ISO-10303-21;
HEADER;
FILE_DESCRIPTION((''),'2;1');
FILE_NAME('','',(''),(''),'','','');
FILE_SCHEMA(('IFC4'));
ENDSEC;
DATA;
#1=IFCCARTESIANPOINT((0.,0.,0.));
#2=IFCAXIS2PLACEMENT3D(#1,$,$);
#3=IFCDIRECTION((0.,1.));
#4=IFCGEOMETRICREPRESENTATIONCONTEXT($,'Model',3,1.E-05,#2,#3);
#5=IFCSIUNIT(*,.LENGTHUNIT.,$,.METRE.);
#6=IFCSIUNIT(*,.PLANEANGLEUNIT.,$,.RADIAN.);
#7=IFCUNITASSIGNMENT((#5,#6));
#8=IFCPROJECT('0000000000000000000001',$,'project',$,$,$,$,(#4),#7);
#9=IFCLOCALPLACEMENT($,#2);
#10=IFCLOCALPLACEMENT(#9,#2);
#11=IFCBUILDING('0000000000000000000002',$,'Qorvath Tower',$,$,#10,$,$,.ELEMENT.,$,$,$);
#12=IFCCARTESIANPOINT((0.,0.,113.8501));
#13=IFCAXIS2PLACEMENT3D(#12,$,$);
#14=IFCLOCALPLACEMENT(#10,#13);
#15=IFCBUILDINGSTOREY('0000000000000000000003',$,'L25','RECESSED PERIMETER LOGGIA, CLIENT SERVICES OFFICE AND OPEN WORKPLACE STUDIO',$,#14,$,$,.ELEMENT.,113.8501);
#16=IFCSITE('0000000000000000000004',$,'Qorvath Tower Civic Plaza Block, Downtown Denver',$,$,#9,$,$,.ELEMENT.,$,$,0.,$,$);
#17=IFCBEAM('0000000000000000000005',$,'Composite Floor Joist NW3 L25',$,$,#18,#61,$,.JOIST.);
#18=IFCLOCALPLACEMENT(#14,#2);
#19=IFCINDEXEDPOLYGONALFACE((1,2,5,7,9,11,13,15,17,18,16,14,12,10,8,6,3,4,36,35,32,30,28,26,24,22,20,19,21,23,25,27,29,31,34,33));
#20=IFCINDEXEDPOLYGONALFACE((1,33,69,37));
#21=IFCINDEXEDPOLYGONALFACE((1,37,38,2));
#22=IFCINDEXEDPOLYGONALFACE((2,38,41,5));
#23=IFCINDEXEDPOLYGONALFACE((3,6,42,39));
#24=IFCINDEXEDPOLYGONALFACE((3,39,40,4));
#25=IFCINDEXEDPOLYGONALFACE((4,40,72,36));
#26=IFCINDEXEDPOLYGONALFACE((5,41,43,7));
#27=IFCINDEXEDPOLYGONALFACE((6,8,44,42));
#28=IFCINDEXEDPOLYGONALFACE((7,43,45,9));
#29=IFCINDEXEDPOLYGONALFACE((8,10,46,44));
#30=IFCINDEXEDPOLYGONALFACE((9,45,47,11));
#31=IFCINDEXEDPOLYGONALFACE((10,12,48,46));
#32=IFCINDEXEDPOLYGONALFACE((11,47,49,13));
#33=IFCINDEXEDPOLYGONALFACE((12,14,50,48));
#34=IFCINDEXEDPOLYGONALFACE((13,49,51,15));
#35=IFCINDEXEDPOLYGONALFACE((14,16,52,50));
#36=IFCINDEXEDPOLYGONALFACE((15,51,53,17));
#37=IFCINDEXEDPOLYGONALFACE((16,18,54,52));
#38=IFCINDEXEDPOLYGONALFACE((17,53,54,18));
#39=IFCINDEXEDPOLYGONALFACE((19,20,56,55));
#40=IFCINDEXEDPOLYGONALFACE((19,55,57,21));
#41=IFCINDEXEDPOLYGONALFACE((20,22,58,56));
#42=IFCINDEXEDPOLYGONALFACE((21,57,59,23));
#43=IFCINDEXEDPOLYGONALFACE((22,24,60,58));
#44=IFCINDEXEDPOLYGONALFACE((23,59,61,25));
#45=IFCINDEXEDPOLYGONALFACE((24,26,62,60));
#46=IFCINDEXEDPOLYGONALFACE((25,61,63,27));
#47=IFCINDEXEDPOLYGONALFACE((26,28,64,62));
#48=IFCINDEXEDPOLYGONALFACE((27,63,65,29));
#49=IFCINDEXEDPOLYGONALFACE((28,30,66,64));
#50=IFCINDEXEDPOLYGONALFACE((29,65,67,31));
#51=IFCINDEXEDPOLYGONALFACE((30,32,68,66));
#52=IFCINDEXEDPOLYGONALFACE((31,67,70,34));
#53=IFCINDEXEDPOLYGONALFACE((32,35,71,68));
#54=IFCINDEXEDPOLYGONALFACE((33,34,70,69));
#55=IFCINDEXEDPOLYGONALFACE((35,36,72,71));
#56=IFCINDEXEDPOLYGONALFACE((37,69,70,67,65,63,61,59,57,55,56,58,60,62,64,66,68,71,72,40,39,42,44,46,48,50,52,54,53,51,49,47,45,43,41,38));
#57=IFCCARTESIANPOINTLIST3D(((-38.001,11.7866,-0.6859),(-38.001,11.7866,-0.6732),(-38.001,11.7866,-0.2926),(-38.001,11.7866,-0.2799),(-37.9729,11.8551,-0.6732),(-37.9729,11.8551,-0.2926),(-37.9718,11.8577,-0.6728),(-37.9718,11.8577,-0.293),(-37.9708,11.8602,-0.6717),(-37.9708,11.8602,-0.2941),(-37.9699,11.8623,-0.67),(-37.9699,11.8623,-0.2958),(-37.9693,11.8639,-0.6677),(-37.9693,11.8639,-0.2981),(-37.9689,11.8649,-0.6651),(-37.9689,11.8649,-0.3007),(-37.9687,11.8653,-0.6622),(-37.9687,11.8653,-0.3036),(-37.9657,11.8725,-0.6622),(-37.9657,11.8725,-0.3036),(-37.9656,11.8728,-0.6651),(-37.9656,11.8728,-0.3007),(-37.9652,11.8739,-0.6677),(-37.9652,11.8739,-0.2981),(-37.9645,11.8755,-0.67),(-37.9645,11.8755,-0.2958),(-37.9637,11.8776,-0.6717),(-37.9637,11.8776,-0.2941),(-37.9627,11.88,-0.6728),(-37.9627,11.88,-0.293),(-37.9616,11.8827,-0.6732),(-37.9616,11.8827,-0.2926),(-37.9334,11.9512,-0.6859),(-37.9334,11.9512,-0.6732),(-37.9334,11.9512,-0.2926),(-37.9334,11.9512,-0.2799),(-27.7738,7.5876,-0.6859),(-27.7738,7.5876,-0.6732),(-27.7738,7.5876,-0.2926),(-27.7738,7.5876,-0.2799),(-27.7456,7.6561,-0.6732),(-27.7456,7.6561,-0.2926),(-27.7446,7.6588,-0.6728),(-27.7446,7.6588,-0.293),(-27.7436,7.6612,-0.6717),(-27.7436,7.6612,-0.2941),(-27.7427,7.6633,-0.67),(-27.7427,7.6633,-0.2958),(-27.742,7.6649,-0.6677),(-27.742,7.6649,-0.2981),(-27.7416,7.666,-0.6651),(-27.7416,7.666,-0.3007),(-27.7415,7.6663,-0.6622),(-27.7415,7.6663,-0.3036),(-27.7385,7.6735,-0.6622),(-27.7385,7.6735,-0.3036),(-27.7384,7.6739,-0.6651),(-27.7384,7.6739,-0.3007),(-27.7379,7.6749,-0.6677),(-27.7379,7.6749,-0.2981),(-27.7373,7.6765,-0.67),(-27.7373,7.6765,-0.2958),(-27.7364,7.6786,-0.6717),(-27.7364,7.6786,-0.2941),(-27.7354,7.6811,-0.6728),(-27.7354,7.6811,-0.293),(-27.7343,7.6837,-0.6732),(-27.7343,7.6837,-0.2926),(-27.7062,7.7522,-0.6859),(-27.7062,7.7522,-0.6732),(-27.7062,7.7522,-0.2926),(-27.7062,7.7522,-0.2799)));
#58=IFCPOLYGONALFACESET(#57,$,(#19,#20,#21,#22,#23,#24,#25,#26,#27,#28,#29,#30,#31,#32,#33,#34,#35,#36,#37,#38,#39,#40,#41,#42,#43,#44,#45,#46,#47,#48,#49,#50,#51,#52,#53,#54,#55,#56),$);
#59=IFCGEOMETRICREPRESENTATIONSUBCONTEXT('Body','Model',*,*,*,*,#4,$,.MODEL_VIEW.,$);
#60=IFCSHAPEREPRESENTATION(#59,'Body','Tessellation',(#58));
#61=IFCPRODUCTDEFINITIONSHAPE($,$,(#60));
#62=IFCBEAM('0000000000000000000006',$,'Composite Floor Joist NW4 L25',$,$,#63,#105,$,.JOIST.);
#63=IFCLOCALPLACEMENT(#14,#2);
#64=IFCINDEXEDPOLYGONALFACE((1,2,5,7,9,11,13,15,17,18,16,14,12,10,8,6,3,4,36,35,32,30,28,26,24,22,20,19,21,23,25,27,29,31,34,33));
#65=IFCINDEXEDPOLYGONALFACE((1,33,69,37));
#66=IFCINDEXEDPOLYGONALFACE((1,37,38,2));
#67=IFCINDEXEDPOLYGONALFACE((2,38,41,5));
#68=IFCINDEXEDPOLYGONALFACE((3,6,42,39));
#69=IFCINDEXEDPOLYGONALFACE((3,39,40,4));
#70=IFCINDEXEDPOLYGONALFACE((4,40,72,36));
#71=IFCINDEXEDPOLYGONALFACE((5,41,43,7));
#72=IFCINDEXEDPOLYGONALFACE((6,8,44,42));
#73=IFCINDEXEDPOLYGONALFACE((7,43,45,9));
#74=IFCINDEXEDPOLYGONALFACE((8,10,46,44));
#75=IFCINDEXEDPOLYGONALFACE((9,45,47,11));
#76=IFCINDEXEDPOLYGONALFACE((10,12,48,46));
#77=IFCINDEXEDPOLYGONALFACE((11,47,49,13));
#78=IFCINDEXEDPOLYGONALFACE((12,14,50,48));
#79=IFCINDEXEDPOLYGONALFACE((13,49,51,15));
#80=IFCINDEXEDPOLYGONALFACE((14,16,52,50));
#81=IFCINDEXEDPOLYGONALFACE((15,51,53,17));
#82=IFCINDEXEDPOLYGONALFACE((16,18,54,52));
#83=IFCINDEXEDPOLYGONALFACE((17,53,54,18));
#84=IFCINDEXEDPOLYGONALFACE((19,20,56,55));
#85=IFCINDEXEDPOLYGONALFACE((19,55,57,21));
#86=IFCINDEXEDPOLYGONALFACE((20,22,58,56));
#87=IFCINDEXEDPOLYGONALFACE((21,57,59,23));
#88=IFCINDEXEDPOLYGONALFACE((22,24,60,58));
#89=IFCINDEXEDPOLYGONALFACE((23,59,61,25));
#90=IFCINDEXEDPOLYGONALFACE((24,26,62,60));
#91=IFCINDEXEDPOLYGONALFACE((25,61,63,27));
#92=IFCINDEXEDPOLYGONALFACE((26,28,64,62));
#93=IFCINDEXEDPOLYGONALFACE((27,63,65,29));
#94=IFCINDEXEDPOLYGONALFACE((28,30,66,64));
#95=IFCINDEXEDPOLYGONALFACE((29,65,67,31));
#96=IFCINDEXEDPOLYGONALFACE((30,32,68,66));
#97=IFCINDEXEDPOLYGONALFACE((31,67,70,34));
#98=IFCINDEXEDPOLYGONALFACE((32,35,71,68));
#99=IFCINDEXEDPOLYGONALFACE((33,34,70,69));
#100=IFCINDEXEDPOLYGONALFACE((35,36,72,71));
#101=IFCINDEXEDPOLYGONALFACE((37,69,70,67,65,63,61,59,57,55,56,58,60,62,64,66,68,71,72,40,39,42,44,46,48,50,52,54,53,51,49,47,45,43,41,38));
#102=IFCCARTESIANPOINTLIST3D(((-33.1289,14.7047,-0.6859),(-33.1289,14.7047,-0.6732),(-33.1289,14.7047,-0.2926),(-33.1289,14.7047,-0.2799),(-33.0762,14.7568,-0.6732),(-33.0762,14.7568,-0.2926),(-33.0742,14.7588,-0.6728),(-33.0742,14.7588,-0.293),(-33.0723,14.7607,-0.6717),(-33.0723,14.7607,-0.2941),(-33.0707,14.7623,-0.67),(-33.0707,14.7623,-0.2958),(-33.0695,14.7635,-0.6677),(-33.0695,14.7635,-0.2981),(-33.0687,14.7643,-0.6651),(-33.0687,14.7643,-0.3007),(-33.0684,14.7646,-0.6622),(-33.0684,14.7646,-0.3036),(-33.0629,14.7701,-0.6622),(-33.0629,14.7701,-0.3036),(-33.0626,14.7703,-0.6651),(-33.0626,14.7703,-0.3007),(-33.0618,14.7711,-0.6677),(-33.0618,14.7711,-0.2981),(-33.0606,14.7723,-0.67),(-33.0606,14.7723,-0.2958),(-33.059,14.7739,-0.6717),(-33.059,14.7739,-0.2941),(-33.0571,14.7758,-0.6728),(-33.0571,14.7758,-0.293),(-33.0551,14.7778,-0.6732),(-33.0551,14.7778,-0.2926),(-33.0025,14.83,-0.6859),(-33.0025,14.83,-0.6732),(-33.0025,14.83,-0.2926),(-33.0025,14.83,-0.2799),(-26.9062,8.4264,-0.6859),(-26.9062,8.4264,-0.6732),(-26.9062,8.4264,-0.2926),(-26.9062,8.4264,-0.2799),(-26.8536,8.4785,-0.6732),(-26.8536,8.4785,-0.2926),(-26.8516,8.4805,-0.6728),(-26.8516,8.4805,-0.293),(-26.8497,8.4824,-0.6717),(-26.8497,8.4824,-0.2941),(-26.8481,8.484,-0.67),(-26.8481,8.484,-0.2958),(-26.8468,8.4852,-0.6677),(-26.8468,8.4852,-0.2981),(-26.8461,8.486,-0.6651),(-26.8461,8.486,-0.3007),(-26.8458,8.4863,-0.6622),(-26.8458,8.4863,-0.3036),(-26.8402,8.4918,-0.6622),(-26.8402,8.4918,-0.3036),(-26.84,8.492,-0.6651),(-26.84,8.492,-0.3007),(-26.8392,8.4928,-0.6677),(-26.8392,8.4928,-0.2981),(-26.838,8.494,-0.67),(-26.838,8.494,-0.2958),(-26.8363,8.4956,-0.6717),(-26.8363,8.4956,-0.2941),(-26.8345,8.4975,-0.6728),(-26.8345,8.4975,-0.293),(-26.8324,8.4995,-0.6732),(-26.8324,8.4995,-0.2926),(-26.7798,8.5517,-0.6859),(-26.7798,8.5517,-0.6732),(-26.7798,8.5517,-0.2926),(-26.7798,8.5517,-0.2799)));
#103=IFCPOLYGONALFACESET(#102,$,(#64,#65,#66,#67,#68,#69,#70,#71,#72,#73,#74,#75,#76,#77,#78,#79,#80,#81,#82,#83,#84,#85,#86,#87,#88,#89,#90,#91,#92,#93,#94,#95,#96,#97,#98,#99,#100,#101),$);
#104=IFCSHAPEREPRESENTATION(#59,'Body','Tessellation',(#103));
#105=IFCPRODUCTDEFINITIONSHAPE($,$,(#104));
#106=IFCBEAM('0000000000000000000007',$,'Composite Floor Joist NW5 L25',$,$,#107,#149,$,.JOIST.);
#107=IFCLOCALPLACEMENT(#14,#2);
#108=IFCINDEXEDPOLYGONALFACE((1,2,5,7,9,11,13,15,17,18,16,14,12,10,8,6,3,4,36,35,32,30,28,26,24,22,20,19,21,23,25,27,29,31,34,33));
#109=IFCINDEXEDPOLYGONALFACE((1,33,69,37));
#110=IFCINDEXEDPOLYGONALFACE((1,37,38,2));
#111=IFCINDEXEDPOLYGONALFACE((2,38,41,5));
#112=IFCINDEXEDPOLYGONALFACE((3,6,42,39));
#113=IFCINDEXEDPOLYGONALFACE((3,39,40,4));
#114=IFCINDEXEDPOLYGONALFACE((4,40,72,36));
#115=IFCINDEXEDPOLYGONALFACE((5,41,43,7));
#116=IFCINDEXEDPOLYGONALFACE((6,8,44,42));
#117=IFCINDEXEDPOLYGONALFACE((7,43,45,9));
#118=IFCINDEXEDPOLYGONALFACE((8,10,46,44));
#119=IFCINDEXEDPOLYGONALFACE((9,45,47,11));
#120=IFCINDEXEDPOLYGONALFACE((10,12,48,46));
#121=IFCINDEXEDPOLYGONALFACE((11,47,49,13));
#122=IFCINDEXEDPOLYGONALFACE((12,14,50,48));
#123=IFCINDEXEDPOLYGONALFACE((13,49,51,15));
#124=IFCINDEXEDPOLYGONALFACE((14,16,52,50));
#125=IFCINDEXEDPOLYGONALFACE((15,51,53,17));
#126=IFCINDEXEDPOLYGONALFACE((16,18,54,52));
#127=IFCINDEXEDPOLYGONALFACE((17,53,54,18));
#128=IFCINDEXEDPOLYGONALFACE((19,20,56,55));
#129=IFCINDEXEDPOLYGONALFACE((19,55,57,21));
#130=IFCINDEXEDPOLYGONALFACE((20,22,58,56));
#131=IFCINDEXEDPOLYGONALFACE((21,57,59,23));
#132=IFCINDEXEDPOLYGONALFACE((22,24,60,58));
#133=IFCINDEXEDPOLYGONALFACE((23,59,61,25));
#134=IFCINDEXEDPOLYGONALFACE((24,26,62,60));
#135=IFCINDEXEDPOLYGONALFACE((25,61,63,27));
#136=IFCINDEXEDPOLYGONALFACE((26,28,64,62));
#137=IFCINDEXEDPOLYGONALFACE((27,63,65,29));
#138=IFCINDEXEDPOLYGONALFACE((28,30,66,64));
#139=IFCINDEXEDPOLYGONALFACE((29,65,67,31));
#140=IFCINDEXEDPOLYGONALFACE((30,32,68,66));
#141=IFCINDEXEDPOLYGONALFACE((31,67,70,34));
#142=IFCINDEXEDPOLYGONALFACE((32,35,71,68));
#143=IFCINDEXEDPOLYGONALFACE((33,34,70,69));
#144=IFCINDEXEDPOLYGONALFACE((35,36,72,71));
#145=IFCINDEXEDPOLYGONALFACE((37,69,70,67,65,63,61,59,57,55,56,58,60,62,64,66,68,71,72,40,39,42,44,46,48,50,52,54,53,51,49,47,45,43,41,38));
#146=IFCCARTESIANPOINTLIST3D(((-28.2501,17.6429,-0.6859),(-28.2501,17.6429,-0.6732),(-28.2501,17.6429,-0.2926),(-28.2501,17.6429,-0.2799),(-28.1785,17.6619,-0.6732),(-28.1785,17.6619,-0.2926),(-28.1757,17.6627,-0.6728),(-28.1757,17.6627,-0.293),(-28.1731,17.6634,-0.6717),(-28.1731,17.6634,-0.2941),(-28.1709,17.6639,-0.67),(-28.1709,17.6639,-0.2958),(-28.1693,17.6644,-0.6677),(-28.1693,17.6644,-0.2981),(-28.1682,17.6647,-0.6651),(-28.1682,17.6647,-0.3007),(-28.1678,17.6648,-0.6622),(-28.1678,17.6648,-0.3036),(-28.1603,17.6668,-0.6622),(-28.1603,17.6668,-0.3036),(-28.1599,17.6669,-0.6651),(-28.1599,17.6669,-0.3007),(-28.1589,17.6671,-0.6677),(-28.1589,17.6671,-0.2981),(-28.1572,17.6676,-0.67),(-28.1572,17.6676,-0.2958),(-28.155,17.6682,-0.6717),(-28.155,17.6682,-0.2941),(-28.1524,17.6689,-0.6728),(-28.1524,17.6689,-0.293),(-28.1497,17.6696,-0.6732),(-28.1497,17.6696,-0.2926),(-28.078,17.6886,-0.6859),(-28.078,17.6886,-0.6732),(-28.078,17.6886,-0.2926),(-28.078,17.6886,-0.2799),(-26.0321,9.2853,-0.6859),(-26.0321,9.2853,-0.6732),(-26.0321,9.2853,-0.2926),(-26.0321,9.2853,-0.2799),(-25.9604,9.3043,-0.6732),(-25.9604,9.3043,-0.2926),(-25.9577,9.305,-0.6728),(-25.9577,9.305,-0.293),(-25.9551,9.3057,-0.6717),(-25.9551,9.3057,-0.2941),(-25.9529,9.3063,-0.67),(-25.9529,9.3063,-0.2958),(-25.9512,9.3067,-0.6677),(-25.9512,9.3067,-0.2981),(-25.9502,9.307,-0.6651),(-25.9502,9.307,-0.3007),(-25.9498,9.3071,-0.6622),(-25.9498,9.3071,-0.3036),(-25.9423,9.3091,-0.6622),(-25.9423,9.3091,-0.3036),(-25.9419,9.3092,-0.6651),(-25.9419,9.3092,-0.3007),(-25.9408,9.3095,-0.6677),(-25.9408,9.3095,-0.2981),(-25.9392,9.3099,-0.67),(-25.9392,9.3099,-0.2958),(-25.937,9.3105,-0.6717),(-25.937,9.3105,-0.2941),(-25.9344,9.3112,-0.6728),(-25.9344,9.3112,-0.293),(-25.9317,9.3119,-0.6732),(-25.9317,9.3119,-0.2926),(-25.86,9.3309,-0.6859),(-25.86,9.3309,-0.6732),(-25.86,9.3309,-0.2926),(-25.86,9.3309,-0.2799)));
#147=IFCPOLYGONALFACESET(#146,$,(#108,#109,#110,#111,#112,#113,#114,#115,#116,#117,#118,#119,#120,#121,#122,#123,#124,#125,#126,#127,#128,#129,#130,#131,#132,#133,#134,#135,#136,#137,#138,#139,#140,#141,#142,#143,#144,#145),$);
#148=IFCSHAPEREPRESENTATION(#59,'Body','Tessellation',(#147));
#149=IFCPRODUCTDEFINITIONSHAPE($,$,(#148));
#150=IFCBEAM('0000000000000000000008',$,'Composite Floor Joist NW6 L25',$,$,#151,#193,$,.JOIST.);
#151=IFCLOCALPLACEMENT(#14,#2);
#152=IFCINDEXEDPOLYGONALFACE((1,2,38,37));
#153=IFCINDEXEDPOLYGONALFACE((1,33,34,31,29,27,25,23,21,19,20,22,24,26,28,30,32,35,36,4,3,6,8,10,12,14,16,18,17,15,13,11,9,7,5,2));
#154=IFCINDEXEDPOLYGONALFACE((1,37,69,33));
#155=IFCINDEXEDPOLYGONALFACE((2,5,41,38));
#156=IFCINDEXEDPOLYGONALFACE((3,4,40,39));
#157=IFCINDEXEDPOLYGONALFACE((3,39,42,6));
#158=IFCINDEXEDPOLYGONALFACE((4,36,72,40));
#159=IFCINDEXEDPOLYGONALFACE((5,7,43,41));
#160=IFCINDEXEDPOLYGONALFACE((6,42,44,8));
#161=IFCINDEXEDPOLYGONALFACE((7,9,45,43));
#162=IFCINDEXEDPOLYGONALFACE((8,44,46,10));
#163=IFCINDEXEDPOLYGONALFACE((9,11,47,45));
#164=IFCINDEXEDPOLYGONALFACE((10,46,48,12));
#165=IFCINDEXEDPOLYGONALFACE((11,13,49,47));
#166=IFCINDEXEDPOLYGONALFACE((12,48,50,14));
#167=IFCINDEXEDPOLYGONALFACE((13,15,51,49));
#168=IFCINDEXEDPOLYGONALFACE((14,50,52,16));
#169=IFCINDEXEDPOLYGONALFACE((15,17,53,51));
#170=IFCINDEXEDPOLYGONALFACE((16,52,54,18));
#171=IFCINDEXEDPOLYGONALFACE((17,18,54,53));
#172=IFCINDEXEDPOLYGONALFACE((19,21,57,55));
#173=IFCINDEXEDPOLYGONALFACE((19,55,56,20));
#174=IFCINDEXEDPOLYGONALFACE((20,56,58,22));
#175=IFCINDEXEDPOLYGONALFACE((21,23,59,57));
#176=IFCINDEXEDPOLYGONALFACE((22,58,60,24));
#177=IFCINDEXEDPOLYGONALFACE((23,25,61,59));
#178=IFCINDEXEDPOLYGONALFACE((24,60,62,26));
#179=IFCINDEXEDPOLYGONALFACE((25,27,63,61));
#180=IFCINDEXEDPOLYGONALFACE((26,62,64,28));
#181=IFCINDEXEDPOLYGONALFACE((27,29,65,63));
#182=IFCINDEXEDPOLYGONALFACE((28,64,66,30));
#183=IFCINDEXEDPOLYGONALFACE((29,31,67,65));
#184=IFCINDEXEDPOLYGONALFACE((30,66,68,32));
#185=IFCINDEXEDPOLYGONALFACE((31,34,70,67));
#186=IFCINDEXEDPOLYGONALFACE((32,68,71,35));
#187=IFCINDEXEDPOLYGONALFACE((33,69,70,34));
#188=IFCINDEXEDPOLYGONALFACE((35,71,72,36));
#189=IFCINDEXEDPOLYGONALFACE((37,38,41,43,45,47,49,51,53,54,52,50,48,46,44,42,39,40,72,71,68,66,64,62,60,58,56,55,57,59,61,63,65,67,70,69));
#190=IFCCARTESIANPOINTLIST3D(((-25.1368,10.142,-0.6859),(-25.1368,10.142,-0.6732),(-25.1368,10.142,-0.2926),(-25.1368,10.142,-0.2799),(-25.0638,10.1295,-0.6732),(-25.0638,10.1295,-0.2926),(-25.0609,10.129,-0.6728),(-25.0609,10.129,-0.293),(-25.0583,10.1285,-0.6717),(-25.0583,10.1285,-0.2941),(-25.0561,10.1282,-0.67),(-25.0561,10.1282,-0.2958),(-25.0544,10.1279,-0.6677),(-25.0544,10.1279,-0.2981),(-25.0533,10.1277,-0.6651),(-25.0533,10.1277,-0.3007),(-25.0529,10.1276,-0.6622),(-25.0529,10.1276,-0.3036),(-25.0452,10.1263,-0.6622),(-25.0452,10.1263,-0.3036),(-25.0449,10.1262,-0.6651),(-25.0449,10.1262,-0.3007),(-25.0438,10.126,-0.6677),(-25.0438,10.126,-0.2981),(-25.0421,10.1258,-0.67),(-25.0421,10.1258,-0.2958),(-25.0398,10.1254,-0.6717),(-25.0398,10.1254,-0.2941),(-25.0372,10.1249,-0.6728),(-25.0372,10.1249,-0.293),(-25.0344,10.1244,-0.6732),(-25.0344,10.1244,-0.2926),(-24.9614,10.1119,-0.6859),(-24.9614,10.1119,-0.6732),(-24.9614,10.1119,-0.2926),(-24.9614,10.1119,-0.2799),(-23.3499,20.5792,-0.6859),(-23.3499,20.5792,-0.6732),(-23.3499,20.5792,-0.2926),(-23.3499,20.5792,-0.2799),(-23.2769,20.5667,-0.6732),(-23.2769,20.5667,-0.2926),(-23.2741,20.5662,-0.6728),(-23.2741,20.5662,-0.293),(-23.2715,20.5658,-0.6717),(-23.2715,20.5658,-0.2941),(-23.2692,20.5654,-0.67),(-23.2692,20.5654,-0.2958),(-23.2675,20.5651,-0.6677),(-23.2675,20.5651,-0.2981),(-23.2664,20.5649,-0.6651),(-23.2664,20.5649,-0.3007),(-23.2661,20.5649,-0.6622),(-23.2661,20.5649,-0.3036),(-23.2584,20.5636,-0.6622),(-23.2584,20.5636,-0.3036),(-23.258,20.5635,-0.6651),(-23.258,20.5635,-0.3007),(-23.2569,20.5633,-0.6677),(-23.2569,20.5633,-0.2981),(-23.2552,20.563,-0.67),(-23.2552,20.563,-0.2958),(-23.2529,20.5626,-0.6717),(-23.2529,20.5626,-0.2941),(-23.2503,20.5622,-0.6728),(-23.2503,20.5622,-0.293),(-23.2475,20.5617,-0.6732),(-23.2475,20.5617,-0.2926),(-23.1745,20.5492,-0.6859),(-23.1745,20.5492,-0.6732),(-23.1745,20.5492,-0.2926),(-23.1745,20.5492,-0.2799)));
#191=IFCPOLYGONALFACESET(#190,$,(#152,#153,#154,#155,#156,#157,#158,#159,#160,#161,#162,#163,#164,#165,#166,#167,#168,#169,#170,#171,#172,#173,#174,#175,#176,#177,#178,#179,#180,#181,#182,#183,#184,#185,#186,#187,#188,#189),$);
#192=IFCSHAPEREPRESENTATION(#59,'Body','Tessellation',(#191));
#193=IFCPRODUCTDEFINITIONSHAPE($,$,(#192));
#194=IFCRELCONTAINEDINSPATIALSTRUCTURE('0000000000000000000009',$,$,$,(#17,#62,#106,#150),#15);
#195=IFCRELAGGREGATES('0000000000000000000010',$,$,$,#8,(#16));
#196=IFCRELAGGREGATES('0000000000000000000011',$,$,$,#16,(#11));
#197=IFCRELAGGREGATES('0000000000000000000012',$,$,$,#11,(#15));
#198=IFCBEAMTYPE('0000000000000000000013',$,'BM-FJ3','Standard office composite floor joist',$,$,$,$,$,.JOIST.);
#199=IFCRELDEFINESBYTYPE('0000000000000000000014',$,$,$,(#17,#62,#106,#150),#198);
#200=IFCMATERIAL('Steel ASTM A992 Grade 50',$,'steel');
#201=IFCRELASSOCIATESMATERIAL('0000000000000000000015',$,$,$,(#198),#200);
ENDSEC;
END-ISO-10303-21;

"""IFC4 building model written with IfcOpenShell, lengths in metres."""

from ifc_helpers import new_model, si_unit, direction, frame, origin, origin_2d, place, context, subcontext, project, spatial, i_section, extrude, material, material_profile, profile_set, type_object, element, save


model = new_model("IFC4")

# Units and contexts
model_context = context("Model", 3, precision=1e-05, world=origin(), true_north=direction((0.0, 1.0)))
body_context = subcontext(model_context, "Body", "Model", "MODEL_VIEW")
ifc_project = project(units=[si_unit("LENGTHUNIT", "METRE"), si_unit("PLANEANGLEUNIT", "RADIAN")], contexts=[model_context])

# Site, building, storey
site_placement = place(None, origin())
site = spatial("IfcSite", under=ifc_project, at=site_placement, Name="Qorvath Tower Civic Plaza Block, Downtown Denver", CompositionType="ELEMENT", RefElevation=0.0)
building_placement = place(site_placement, origin())
building = spatial("IfcBuilding", under=site, at=building_placement, Name="Qorvath Tower", CompositionType="ELEMENT")
storey_placement = place(building_placement, frame((0.0, 0.0, 113.8501)))
storey = spatial("IfcBuildingStorey", under=building, at=storey_placement, Name="L25", Description="RECESSED PERIMETER LOGGIA, CLIENT SERVICES OFFICE AND OPEN WORKPLACE STUDIO", CompositionType="ELEMENT", Elevation=113.8501)

# Beams
ifc_material_1 = material(Name="Steel ASTM A992 Grade 50", Category="steel")
ifc_material_profile_1 = material_profile(ifc_material_1, i_section(OverallWidth=0.178, OverallDepth=0.406, WebThickness=0.0078, FlangeThickness=0.0127, FilletRadius=0.011, at=origin_2d()), Name="W16x40")
ifc_profile_set_1 = profile_set([ifc_material_profile_1], Name="Steel ASTM A992 Grade 50")
beam_type_1 = type_object("IfcBeamType", Name="BM-FJ3", Description="Standard office composite floor joist", PredefinedType="JOIST", material=ifc_profile_set_1)
beam_1_placement = place(storey_placement, frame((-27.74, 7.6699, -0.4829), z_axis=(-0.925068, 0.379801, 0.0), x_axis=(-0.379801, -0.925068, 0.0)))
element("IfcBeam", 1, at=beam_1_placement, inside=storey, type_object=beam_type_1, Name="Composite Floor Joist NW3 L25", PredefinedType="JOIST", context=body_context, shape_type="SweptSolid", body=[
    extrude(i_section(OverallWidth=0.178, OverallDepth=0.406, WebThickness=0.0078, FlangeThickness=0.0127, FilletRadius=0.011, at=origin_2d()), origin(), (0.0, 0.0, 1.0), 11.0557),
])
beam_2_placement = place(storey_placement, frame((-26.843, 8.489, -0.4829), z_axis=(-0.703951, 0.710248, 0.0), x_axis=(-0.710248, -0.703951, 0.0)))
element("IfcBeam", 2, at=beam_2_placement, inside=storey, type_object=beam_type_1, Name="Composite Floor Joist NW4 L25", PredefinedType="JOIST", context=body_context, shape_type="SweptSolid", body=[
    extrude(i_section(OverallWidth=0.178, OverallDepth=0.406, WebThickness=0.0078, FlangeThickness=0.0127, FilletRadius=0.011, at=origin_2d()), origin(), (0.0, 0.0, 1.0), 8.8396),
])
beam_3_placement = place(storey_placement, frame((-25.946, 9.3081, -0.4829), z_axis=(-0.256508, 0.966542, 0.0), x_axis=(-0.966542, -0.256508, 0.0)))
element("IfcBeam", 3, at=beam_3_placement, inside=storey, type_object=beam_type_1, Name="Composite Floor Joist NW5 L25", PredefinedType="JOIST", context=body_context, shape_type="SweptSolid", body=[
    extrude(i_section(OverallWidth=0.178, OverallDepth=0.406, WebThickness=0.0078, FlangeThickness=0.0127, FilletRadius=0.011, at=origin_2d()), origin(), (0.0, 0.0, 1.0), 8.647),
])
beam_4_placement = place(storey_placement, frame((-25.0491, 10.127, -0.4829), z_axis=(0.168746, 0.98566, 0.0), x_axis=(-0.98566, 0.168746, 0.0)))
element("IfcBeam", 4, at=beam_4_placement, inside=storey, type_object=beam_type_1, Name="Composite Floor Joist NW6 L25", PredefinedType="JOIST", context=body_context, shape_type="SweptSolid", body=[
    extrude(i_section(OverallWidth=0.178, OverallDepth=0.406, WebThickness=0.0078, FlangeThickness=0.0127, FilletRadius=0.011, at=origin_2d()), origin(), (0.0, 0.0, 1.0), 10.5891),
])

save(model, "model.ifc")
